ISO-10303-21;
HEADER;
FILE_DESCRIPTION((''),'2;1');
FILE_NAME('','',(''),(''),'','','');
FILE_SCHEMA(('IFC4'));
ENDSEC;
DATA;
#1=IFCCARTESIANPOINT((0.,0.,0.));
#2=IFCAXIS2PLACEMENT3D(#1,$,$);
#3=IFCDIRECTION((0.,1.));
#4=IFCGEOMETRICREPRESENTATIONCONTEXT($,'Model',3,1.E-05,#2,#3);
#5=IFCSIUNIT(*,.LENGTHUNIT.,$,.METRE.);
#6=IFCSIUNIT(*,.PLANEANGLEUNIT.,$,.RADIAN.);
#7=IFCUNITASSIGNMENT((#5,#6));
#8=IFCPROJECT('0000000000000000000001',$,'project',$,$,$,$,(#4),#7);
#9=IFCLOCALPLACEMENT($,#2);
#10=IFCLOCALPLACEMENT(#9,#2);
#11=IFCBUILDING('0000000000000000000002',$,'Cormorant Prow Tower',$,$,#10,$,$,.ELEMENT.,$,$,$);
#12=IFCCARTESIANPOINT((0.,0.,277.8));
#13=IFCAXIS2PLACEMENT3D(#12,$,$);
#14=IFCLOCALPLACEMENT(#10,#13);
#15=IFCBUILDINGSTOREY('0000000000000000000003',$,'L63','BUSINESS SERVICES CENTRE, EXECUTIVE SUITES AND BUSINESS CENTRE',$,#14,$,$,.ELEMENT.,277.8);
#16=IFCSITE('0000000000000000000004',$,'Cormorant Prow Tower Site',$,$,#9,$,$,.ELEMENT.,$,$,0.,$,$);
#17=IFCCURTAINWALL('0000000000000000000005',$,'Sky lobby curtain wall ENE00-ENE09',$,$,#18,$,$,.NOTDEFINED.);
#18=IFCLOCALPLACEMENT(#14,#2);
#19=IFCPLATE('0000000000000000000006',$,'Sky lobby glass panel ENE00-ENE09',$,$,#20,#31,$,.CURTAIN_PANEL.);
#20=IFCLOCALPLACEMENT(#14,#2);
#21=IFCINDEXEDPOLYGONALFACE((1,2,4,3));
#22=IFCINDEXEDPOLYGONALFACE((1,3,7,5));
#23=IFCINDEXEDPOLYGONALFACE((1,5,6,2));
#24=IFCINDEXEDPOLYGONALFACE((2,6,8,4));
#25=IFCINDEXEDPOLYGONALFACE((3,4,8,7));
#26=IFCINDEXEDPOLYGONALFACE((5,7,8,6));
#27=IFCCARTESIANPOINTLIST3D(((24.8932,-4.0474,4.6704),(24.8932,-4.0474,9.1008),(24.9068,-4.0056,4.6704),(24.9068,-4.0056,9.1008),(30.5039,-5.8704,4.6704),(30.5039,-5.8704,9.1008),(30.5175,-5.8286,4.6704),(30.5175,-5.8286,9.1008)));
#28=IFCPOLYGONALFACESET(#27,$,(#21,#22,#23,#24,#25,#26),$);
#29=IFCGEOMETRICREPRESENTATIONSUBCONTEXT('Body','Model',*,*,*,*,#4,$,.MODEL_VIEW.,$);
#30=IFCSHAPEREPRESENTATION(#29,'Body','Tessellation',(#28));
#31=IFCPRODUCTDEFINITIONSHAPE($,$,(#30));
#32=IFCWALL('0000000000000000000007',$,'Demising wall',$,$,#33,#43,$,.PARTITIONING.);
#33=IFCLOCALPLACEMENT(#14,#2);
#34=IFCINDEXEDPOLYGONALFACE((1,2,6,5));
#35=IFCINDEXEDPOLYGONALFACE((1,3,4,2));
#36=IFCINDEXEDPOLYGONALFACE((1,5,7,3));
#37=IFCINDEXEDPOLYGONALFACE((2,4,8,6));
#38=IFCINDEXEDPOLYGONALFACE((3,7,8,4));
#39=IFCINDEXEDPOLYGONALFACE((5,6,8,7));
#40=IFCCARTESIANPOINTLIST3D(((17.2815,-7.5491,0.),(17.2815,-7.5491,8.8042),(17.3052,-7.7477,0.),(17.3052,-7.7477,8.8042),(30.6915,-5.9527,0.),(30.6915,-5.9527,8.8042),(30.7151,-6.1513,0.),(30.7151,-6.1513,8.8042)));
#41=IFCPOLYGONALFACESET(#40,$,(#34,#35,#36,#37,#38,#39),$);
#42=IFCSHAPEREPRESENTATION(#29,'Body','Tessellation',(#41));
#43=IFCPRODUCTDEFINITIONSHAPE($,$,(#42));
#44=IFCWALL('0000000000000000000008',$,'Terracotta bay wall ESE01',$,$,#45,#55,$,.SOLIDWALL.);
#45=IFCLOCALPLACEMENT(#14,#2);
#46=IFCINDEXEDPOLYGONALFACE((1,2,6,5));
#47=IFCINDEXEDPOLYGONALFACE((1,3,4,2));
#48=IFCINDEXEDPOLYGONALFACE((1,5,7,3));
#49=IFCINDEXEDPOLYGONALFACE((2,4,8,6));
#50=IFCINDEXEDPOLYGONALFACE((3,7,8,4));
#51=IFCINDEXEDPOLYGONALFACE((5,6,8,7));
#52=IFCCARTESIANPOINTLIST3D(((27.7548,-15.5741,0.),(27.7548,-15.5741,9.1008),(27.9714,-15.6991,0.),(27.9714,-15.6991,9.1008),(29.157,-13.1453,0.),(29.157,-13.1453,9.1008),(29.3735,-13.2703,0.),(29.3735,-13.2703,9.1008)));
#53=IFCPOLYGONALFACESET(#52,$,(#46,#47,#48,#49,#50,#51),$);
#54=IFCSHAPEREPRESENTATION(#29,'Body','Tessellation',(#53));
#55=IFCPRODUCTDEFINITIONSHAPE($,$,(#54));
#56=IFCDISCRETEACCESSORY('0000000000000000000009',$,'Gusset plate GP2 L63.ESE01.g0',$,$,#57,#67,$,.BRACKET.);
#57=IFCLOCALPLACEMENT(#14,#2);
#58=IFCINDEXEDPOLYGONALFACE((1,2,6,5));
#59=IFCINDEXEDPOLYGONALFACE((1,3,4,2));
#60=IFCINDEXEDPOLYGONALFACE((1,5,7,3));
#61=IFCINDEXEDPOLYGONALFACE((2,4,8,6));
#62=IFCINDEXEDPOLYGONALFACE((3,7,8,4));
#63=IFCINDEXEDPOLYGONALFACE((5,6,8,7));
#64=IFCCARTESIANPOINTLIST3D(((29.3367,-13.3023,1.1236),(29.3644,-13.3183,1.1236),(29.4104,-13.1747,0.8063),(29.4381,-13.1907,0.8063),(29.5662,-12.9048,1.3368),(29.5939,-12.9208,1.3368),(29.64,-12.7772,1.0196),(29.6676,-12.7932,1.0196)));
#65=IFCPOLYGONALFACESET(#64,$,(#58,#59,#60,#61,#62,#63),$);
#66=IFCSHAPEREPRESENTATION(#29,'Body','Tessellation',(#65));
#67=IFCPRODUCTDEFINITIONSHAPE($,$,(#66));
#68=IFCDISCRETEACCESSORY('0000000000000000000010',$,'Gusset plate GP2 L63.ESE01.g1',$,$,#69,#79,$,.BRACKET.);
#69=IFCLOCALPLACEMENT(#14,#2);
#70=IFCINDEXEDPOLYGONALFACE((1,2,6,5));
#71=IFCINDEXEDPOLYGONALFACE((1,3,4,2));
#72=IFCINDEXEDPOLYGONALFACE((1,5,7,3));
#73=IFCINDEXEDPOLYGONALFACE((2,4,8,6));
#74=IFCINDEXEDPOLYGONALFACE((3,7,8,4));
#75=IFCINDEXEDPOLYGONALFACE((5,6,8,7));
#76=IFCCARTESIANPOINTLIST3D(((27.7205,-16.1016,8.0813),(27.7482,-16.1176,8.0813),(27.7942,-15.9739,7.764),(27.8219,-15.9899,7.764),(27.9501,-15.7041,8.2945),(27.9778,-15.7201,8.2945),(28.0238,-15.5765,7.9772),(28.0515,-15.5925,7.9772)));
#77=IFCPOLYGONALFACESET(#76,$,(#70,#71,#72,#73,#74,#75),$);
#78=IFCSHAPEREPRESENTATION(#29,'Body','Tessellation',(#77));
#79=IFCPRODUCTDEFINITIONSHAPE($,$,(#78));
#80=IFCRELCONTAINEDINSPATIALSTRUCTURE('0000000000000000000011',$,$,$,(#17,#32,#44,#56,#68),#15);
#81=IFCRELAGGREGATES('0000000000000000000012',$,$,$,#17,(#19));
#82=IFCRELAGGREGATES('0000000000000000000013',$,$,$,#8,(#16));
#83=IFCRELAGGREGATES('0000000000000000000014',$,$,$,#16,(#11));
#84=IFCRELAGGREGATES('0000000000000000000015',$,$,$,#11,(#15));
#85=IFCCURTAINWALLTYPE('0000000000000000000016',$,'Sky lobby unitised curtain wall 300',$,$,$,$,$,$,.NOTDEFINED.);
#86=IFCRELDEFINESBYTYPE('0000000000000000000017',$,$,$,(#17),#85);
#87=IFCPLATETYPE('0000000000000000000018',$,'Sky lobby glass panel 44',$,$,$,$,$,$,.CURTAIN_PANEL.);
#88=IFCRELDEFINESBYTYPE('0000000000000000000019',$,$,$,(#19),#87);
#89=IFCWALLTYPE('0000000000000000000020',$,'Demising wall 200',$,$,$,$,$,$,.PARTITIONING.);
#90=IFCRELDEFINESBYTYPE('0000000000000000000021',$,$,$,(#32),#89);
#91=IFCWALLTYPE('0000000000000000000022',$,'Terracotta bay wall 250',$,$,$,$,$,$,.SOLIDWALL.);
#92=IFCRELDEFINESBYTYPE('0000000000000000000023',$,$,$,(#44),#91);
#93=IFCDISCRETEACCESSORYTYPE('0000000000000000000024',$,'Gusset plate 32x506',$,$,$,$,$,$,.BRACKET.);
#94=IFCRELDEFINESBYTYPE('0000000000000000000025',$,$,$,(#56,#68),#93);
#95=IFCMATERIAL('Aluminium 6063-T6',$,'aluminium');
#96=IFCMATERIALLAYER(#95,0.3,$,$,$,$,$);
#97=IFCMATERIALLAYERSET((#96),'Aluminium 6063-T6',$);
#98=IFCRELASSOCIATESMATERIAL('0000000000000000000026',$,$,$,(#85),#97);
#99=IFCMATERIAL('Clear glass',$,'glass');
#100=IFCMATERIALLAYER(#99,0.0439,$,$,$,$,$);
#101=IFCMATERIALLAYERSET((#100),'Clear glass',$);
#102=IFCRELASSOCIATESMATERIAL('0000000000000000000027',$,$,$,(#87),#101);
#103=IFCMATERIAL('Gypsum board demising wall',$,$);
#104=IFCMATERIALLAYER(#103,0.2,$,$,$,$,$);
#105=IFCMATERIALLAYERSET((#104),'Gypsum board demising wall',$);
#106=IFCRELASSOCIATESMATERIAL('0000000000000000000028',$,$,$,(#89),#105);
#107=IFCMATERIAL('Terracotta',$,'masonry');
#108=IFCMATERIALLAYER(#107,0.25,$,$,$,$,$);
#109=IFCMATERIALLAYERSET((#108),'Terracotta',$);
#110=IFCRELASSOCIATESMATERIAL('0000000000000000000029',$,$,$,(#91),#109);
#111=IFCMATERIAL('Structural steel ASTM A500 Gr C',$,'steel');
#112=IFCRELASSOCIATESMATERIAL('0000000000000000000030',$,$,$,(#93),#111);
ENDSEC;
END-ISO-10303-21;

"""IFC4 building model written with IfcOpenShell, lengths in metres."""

from ifc_helpers import new_model, si_unit, direction, frame, frame_2d, origin, origin_2d, place, context, subcontext, project, spatial, rectangle, extrude, material, layer, layer_set, material_profile, profile_set, type_object, element, aggregate, save


model = new_model("IFC4")

# Units and contexts
model_context = context("Model", 3, precision=1e-05, world=origin(), true_north=direction((0.0, 1.0)))
body_context = subcontext(model_context, "Body", "Model", "MODEL_VIEW")
ifc_project = project(units=[si_unit("LENGTHUNIT", "METRE"), si_unit("PLANEANGLEUNIT", "RADIAN")], contexts=[model_context])

# Site, building, storey
site_placement = place(None, origin())
site = spatial("IfcSite", under=ifc_project, at=site_placement, Name="Cormorant Prow Tower Site", CompositionType="ELEMENT", RefElevation=0.0)
building_placement = place(site_placement, origin())
building = spatial("IfcBuilding", under=site, at=building_placement, Name="Cormorant Prow Tower", CompositionType="ELEMENT")
storey_placement = place(building_placement, frame((0.0, 0.0, 277.8)))
storey = spatial("IfcBuildingStorey", under=building, at=storey_placement, Name="L63", Description="BUSINESS SERVICES CENTRE, EXECUTIVE SUITES AND BUSINESS CENTRE", CompositionType="ELEMENT", Elevation=277.8)

# Curtain wall
ifc_material_1 = material(Name="Aluminium 6063-T6", Category="aluminium")
ifc_layer_1 = layer(ifc_material_1, 0.3)
ifc_layer_set_1 = layer_set([ifc_layer_1], Name="Aluminium 6063-T6")
curtain_wall_type = type_object("IfcCurtainWallType", Name="Sky lobby unitised curtain wall 300", PredefinedType="NOTDEFINED", material=ifc_layer_set_1)
curtain_wall_placement = place(storey_placement, origin())
curtain_wall = element("IfcCurtainWall", 1, at=curtain_wall_placement, inside=storey, type_object=curtain_wall_type, Name="Sky lobby curtain wall ENE00-ENE09", PredefinedType="NOTDEFINED")

# Plate
ifc_material_2 = material(Name="Clear glass", Category="glass")
ifc_layer_2 = layer(ifc_material_2, 0.0439)
ifc_layer_set_2 = layer_set([ifc_layer_2], Name="Clear glass")
plate_type = type_object("IfcPlateType", Name="Sky lobby glass panel 44", PredefinedType="CURTAIN_PANEL", material=ifc_layer_set_2)
plate_1_placement = place(storey_placement, frame((27.7053, -4.938, 4.6704), z_axis=(0.0, 0.0, 1.0), x_axis=(-0.951057, 0.309017, 0.0)))
plate_1 = element("IfcPlate", 2, at=plate_1_placement, type_object=plate_type, Name="Sky lobby glass panel ENE00-ENE09", PredefinedType="CURTAIN_PANEL", context=body_context, shape_type="SweptSolid", body=[
    extrude(rectangle(XDim=5.8994, YDim=0.0439, at=origin_2d()), origin(), (0.0, 0.0, 1.0), 4.4304),
])
aggregate(curtain_wall, [plate_1])

# Walls
ifc_material_3 = material(Name="Gypsum board demising wall")
ifc_layer_3 = layer(ifc_material_3, 0.2)
ifc_layer_set_3 = layer_set([ifc_layer_3], Name="Gypsum board demising wall")
wall_type_1 = type_object("IfcWallType", Name="Demising wall 200", PredefinedType="PARTITIONING", material=ifc_layer_set_3)
wall_1_placement = place(storey_placement, frame((17.2932, -7.6484, 0.0), z_axis=(0.0, 0.0, 1.0), x_axis=(0.992988, 0.118214, 0.0)))
element("IfcWall", 3, at=wall_1_placement, inside=storey, type_object=wall_type_1, Name="Demising wall", PredefinedType="PARTITIONING", context=body_context, shape_type="SweptSolid", body=[
    extrude(rectangle(XDim=13.5046, YDim=0.2, at=frame_2d((6.7524, 0.0))), origin(), (0.0, 0.0, 1.0), 8.8042),
])
ifc_material_4 = material(Name="Terracotta", Category="masonry")
ifc_layer_4 = layer(ifc_material_4, 0.25)
ifc_layer_set_4 = layer_set([ifc_layer_4], Name="Terracotta")
wall_type_2 = type_object("IfcWallType", Name="Terracotta bay wall 250", PredefinedType="SOLIDWALL", material=ifc_layer_set_4)
wall_2_placement = place(storey_placement, frame((27.863, -15.6367, 0.0), z_axis=(0.0, 0.0, 1.0), x_axis=(0.499969, 0.866044, 0.0)))
element("IfcWall", 4, at=wall_2_placement, inside=storey, type_object=wall_type_2, Name="Terracotta bay wall ESE01", PredefinedType="SOLIDWALL", context=body_context, shape_type="SweptSolid", body=[
    extrude(rectangle(XDim=2.8044, YDim=0.25, at=frame_2d((1.4023, 0.0))), origin(), (0.0, 0.0, 1.0), 9.1008),
])

# Discrete accessories
ifc_material_5 = material(Name="Structural steel ASTM A500 Gr C", Category="steel")
ifc_material_profile_1 = material_profile(ifc_material_5, rectangle(XDim=0.032, YDim=0.5061, at=origin_2d()), Name="Gusset plate 32x506")
ifc_profile_set_1 = profile_set([ifc_material_profile_1], Name="Structural steel ASTM A500 Gr C")
discrete_accessory_type = type_object("IfcDiscreteAccessoryType", Name="Gusset plate 32x506", PredefinedType="BRACKET", material=ifc_profile_set_1)
for number, where, z_axis, x_axis, name in (
    (5, (29.4653, -13.1116, 1.2302), (0.210683, 0.364858, -0.906913), (-0.865993, 0.500057, 0.0), "Gusset plate GP2 L63.ESE01.g0"),
    (6, (27.9229, -15.7832, 7.8706), (-0.210683, -0.364858, 0.906913), (0.865993, -0.500057, 0.0), "Gusset plate GP2 L63.ESE01.g1"),
):
    element("IfcDiscreteAccessory", number, at=place(storey_placement, frame(where, z_axis=z_axis, x_axis=x_axis)), inside=storey, type_object=discrete_accessory_type, Name=name, PredefinedType="BRACKET", context=body_context, shape_type="SweptSolid", body=[
        extrude(rectangle(XDim=0.032, YDim=0.5061, at=origin_2d()), origin(), (0.0, 0.0, 1.0), 0.3499),
    ])

save(model, "model.ifc")
